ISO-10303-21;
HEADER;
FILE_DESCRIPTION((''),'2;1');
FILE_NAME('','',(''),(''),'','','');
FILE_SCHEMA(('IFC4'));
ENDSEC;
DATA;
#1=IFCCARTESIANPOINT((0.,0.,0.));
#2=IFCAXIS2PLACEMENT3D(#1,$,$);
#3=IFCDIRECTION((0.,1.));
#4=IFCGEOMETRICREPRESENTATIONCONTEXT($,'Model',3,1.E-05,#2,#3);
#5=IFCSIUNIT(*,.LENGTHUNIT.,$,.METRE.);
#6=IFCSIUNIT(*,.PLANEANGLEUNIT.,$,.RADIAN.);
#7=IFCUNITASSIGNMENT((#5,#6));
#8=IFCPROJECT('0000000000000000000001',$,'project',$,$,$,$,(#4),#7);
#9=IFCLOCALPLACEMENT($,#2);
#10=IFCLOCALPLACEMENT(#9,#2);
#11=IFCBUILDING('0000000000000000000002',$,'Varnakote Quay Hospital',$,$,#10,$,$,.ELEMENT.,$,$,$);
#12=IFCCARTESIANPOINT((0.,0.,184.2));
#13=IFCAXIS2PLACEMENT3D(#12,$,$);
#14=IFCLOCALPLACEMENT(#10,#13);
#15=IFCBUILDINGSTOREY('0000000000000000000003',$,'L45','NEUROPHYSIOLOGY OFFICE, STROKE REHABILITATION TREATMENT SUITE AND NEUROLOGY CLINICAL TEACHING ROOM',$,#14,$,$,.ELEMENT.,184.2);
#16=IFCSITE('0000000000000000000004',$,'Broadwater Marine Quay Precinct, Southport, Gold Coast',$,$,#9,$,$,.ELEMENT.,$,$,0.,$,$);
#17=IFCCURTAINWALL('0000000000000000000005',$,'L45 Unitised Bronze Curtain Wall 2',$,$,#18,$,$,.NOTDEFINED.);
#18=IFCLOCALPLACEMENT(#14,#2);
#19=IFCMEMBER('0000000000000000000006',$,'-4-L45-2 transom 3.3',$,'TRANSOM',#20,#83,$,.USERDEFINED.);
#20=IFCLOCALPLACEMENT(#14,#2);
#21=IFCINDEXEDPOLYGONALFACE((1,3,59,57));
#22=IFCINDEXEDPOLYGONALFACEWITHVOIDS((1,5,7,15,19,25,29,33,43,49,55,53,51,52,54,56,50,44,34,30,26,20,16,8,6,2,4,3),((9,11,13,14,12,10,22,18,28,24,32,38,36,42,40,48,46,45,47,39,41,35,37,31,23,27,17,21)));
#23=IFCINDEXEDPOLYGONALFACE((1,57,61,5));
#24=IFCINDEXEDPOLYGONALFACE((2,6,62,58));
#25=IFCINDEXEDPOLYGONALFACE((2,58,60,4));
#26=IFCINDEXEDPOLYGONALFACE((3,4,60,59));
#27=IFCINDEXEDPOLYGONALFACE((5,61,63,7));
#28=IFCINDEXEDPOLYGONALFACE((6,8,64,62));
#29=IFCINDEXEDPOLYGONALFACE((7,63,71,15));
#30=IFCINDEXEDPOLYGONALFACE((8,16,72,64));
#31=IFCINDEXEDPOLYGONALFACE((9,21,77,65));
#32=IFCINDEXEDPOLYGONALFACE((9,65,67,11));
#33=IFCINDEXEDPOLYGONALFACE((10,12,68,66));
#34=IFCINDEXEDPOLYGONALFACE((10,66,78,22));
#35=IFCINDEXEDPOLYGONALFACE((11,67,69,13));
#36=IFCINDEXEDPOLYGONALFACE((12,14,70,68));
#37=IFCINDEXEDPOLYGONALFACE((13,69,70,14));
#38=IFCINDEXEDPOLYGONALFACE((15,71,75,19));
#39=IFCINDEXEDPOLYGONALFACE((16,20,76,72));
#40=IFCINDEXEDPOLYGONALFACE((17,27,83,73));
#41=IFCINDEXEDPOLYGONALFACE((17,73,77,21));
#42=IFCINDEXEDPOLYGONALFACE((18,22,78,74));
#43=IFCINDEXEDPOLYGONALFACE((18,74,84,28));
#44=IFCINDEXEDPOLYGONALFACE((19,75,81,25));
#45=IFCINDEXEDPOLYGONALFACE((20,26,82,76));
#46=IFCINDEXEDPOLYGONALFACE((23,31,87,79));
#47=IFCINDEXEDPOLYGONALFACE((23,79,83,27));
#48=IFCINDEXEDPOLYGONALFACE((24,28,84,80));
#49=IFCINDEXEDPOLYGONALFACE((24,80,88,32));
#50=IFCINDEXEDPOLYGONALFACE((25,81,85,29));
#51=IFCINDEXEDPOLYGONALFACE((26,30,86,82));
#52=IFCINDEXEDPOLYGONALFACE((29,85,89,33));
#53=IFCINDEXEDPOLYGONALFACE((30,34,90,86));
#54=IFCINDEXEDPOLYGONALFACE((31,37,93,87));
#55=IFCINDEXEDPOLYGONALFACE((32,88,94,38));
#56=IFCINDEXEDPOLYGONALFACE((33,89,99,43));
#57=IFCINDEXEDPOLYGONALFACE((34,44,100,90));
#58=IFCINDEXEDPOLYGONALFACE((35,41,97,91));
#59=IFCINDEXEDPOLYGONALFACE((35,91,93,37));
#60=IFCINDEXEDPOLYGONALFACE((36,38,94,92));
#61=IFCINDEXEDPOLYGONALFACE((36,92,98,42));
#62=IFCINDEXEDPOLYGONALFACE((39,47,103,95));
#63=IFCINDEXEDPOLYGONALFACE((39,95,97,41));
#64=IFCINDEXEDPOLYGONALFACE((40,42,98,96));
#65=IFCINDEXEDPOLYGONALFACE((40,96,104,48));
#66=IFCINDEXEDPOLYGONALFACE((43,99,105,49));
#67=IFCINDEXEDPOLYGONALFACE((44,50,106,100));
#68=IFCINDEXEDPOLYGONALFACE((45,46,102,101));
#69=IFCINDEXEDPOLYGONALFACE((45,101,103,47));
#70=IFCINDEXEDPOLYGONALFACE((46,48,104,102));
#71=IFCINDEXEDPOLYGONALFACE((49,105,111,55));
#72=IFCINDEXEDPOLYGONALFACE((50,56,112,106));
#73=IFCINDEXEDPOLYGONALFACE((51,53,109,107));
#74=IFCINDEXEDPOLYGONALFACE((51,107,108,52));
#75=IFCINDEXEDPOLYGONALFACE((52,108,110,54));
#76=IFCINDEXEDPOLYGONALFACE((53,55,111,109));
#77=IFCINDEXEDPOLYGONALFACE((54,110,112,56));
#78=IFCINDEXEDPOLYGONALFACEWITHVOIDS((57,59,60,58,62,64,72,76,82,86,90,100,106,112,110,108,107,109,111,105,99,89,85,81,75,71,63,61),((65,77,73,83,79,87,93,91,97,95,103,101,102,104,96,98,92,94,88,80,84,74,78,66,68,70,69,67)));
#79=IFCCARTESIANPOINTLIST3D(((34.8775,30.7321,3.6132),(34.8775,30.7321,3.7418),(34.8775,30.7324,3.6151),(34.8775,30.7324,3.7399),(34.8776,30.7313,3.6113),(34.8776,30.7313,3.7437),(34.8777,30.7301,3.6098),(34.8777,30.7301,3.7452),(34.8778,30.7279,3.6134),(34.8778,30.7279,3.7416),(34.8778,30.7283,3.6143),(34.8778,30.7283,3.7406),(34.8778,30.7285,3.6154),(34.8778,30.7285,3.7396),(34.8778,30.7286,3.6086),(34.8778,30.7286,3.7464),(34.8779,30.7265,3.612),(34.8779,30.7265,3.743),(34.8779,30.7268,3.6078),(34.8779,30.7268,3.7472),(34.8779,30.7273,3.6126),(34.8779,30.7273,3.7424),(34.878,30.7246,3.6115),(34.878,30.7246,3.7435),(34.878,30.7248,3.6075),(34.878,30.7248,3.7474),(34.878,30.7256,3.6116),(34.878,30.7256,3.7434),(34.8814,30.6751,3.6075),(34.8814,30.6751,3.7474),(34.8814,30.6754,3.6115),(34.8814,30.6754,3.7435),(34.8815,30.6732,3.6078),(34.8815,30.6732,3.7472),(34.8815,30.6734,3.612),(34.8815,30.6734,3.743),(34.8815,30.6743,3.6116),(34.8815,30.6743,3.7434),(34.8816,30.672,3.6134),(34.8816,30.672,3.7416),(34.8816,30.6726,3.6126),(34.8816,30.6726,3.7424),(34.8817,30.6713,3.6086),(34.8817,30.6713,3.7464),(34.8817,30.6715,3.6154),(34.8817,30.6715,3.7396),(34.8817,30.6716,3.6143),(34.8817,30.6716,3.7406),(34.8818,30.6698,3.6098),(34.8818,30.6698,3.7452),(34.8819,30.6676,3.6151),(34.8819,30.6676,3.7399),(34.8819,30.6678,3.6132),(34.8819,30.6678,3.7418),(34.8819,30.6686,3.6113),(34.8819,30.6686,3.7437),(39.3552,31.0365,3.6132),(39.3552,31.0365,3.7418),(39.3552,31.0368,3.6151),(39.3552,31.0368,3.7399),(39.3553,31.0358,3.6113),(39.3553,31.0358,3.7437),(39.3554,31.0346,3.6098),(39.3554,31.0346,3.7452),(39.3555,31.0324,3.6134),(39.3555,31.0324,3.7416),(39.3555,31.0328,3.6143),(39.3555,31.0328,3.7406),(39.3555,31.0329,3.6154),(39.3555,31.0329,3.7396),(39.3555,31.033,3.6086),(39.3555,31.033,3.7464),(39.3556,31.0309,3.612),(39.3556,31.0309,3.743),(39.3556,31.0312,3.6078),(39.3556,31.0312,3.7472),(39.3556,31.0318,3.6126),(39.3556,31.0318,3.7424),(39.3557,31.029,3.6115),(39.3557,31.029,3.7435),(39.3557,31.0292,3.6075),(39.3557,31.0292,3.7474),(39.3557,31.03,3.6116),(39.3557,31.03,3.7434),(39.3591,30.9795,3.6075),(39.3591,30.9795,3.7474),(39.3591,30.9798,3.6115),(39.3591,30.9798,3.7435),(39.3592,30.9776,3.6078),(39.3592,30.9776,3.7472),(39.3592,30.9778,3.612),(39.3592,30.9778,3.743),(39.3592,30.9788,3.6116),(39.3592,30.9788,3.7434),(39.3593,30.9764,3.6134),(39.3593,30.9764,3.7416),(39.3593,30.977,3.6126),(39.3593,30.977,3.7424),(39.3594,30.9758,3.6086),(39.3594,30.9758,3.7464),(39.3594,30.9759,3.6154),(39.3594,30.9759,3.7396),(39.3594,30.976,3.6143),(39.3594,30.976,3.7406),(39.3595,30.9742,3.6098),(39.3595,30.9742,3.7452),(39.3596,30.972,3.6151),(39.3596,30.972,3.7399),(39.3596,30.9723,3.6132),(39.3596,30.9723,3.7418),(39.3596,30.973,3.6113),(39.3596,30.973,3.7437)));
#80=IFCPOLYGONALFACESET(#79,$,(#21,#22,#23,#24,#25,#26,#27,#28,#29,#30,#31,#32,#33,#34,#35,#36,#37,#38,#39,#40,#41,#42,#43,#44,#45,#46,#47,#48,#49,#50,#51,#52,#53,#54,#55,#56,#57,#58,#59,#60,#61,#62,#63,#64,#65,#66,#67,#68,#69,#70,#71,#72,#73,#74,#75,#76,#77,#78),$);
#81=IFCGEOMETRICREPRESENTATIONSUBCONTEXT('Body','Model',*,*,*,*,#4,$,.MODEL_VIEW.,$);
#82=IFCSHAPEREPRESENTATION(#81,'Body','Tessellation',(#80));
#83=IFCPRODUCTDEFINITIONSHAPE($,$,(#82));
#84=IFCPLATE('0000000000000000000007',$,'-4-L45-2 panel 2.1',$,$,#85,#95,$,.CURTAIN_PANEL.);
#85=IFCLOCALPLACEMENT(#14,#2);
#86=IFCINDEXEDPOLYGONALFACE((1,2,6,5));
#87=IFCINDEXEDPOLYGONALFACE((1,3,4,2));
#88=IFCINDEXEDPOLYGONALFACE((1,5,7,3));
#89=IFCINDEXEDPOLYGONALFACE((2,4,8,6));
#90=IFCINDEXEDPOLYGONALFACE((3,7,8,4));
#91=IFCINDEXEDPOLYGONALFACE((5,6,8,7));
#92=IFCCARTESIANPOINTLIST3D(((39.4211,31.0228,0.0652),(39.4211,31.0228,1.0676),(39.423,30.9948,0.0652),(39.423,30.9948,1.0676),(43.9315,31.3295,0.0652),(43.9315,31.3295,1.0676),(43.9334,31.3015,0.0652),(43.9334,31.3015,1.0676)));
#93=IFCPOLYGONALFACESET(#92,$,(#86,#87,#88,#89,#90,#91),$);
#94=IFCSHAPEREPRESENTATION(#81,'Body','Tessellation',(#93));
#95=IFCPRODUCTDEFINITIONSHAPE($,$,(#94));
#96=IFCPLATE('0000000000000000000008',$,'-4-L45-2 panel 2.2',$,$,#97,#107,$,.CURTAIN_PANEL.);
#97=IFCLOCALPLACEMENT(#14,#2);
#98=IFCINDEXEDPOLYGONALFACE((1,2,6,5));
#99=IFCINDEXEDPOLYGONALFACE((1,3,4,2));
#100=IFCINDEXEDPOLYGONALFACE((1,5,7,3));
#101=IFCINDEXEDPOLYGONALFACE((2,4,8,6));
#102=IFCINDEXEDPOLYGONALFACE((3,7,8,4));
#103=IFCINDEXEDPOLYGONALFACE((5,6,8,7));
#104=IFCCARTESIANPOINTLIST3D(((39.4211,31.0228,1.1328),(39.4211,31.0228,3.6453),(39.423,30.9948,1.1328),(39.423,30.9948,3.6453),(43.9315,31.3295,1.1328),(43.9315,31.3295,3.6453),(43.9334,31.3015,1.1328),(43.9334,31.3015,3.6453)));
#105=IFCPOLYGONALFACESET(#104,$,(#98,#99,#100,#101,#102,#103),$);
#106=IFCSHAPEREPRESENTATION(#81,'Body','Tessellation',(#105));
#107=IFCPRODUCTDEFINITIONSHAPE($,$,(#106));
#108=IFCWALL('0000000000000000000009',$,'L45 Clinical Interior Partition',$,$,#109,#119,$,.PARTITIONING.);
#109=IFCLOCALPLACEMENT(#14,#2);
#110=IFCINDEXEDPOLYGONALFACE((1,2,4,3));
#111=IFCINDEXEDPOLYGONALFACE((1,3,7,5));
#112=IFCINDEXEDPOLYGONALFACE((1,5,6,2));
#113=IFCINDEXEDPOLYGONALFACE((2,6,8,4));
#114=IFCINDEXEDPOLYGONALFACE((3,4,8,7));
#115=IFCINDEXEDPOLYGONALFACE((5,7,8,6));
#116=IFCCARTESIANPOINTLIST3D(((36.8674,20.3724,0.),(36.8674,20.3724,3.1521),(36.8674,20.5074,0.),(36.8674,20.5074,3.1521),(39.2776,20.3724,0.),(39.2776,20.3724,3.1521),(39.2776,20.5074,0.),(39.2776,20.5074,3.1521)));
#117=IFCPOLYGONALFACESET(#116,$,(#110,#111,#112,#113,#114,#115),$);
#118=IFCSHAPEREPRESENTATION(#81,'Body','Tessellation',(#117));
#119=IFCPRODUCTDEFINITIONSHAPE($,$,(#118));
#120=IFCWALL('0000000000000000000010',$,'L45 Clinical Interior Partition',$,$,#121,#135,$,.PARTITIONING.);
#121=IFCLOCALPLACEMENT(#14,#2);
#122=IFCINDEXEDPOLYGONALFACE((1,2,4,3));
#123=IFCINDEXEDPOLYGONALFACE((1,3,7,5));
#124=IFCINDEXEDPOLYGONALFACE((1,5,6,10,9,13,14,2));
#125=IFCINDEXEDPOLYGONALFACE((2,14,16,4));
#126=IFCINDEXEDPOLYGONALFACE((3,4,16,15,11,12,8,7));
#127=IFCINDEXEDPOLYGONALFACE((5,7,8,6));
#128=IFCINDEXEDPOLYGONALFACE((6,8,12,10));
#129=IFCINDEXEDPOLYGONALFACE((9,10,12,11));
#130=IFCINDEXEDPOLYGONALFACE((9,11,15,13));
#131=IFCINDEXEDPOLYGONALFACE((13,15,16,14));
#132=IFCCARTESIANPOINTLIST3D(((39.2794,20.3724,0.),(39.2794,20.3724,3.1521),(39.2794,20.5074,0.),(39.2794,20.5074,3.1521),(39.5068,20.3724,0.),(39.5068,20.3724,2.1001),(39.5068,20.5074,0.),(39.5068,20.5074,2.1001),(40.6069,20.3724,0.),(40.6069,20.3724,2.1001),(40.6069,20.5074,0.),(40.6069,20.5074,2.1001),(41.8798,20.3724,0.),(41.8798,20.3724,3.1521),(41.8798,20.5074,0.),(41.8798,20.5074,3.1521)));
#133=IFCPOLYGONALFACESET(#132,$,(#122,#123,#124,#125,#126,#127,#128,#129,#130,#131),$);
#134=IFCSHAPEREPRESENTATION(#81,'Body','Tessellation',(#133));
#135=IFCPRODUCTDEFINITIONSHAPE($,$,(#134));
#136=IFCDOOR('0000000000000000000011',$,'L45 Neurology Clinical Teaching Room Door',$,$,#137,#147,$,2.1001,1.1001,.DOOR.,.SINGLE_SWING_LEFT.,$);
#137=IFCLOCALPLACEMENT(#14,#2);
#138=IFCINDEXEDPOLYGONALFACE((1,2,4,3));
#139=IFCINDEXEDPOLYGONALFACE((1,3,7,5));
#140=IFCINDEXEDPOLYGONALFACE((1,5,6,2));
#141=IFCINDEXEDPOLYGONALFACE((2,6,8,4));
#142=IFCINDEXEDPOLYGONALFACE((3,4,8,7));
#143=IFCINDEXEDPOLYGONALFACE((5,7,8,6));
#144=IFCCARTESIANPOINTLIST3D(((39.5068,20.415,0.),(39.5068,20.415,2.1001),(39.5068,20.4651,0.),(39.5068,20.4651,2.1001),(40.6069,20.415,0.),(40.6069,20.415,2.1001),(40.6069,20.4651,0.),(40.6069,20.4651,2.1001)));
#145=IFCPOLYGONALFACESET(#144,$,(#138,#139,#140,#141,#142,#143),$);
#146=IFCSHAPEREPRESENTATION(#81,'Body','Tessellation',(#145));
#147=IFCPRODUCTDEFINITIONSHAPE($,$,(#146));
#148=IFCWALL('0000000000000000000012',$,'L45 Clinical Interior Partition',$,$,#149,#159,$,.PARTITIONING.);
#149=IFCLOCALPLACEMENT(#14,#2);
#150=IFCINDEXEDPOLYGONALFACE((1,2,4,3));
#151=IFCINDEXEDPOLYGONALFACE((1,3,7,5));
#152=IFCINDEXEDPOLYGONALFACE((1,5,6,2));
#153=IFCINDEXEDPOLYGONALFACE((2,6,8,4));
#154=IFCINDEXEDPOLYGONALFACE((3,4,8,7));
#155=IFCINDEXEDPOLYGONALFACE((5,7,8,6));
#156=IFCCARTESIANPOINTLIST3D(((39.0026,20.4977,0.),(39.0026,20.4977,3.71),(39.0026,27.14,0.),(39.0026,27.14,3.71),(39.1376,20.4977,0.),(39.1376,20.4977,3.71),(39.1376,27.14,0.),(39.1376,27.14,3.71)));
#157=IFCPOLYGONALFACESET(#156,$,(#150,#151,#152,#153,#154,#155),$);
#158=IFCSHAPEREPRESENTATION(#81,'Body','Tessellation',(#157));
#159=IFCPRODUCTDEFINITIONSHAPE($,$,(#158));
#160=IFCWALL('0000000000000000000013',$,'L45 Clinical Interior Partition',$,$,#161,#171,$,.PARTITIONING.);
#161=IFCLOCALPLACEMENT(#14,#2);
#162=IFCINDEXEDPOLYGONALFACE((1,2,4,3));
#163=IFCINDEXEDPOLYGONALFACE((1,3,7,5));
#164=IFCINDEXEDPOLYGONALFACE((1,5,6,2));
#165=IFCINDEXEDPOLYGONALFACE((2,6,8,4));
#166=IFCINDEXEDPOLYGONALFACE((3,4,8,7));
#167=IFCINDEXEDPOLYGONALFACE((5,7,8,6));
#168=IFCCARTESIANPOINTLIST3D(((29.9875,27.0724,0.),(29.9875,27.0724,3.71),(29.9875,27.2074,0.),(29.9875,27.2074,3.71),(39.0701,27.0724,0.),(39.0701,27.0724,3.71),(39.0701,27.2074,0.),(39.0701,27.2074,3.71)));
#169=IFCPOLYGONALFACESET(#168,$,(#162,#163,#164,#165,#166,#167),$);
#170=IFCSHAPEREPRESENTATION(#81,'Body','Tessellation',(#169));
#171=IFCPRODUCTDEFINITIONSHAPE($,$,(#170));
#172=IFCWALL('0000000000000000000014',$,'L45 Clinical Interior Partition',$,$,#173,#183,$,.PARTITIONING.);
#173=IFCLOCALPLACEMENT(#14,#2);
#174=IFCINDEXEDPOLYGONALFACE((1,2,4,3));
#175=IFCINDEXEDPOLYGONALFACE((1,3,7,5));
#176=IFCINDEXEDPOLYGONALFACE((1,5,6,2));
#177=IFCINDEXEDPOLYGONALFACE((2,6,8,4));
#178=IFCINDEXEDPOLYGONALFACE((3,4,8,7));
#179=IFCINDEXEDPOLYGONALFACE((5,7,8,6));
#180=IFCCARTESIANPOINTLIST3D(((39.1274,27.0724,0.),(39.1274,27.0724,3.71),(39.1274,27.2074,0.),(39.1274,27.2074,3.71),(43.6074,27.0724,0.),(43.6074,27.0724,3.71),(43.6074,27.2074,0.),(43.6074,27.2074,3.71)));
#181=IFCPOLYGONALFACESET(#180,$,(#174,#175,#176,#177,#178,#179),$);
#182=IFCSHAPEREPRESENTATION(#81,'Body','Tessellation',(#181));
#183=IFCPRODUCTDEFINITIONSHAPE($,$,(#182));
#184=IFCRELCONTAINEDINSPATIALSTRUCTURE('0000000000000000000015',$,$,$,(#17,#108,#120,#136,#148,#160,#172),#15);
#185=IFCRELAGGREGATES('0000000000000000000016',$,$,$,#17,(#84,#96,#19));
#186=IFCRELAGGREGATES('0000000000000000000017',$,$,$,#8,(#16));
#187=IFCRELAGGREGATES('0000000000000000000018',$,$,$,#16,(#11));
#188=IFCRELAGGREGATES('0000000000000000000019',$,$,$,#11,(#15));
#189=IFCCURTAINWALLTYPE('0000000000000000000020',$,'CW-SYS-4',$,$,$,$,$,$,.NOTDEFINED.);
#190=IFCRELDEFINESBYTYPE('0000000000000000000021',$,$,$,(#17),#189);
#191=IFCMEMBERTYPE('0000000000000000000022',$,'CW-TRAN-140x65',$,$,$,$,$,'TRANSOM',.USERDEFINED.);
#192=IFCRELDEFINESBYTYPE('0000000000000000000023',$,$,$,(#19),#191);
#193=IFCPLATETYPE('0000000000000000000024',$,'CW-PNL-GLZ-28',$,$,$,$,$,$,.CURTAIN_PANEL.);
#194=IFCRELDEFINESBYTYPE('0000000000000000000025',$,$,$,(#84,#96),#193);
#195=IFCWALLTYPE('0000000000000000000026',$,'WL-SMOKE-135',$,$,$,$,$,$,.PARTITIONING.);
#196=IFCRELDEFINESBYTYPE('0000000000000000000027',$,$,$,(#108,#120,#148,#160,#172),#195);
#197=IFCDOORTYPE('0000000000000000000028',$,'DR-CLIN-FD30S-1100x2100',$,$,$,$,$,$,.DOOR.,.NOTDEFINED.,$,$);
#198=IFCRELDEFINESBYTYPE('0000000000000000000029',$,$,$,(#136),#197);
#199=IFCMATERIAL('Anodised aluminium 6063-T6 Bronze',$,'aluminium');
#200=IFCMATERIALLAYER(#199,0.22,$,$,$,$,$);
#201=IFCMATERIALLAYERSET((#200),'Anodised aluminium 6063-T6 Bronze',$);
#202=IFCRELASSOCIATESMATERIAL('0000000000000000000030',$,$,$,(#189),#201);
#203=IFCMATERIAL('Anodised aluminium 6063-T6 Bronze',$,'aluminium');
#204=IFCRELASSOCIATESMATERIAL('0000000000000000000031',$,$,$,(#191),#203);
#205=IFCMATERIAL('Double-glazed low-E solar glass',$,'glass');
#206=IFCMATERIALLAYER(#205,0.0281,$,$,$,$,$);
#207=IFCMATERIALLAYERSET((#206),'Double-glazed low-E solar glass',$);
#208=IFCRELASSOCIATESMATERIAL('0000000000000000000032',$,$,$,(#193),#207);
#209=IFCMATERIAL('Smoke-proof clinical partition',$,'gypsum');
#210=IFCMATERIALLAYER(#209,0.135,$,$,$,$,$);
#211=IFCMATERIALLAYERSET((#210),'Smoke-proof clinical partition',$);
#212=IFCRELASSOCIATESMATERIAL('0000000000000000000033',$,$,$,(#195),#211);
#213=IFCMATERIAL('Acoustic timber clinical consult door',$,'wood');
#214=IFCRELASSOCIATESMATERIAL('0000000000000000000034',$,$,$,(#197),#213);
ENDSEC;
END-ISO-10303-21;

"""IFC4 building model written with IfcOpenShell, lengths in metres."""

from ifc_helpers import new_model, si_unit, direction, frame, frame_2d, origin, origin_2d, place, context, subcontext, project, spatial, rectangle, hollow_rectangle, extrude, material, layer, layer_set, material_profile, profile_set, type_object, element, fill, aggregate, save


model = new_model("IFC4")

# Units and contexts
model_context = context("Model", 3, precision=1e-05, world=origin(), true_north=direction((0.0, 1.0)))
body_context = subcontext(model_context, "Body", "Model", "MODEL_VIEW")
ifc_project = project(units=[si_unit("LENGTHUNIT", "METRE"), si_unit("PLANEANGLEUNIT", "RADIAN")], contexts=[model_context])

# Site, building, storey
site_placement = place(None, origin())
site = spatial("IfcSite", under=ifc_project, at=site_placement, Name="Broadwater Marine Quay Precinct, Southport, Gold Coast", CompositionType="ELEMENT", RefElevation=0.0)
building_placement = place(site_placement, origin())
building = spatial("IfcBuilding", under=site, at=building_placement, Name="Varnakote Quay Hospital", CompositionType="ELEMENT")
storey_placement = place(building_placement, frame((0.0, 0.0, 184.2)))
storey = spatial("IfcBuildingStorey", under=building, at=storey_placement, Name="L45", Description="NEUROPHYSIOLOGY OFFICE, STROKE REHABILITATION TREATMENT SUITE AND NEUROLOGY CLINICAL TEACHING ROOM", CompositionType="ELEMENT", Elevation=184.2)

# Curtain wall, member, plates
ifc_material_1 = material(Name="Anodised aluminium 6063-T6 Bronze", Category="aluminium")
ifc_layer_1 = layer(ifc_material_1, 0.22)
ifc_layer_set_1 = layer_set([ifc_layer_1], Name="Anodised aluminium 6063-T6 Bronze")
curtain_wall_type = type_object("IfcCurtainWallType", Name="CW-SYS-4", PredefinedType="NOTDEFINED", material=ifc_layer_set_1)
curtain_wall_placement = place(storey_placement, origin())
curtain_wall = element("IfcCurtainWall", 1, at=curtain_wall_placement, inside=storey, type_object=curtain_wall_type, Name="L45 Unitised Bronze Curtain Wall 2", PredefinedType="NOTDEFINED")
ifc_material_2 = material(Name="Anodised aluminium 6063-T6 Bronze", Category="aluminium")
ifc_material_profile_1 = material_profile(ifc_material_2, hollow_rectangle(XDim=0.0649, YDim=0.1399, WallThickness=0.0039, InnerFilletRadius=0.0039, OuterFilletRadius=0.0076, at=origin_2d()), Name="CW-TRAN-140x65")
ifc_profile_set_1 = profile_set([ifc_material_profile_1], Name="Anodised aluminium 6063-T6 Bronze")
member_type_1 = type_object("IfcMemberType", Name="CW-TRAN-140x65", ElementType="TRANSOM", PredefinedType="USERDEFINED", material=ifc_profile_set_1)
member_1_placement = place(storey_placement, frame((39.3574, 31.0044, 3.6775), z_axis=(-0.997697, -0.067833, 0.0), x_axis=(0.067833, -0.997697, 0.0)))
member_1 = element("IfcMember", 2, at=member_1_placement, type_object=member_type_1, Name="-4-L45-2 transom 3.3", ObjectType="TRANSOM", PredefinedType="USERDEFINED", context=body_context, shape_type="SweptSolid", body=[
    extrude(hollow_rectangle(XDim=0.0649, YDim=0.1399, WallThickness=0.0039, InnerFilletRadius=0.0039, OuterFilletRadius=0.0076, at=origin_2d()), origin(), (0.0, 0.0, 1.0), 4.488),
])
ifc_material_3 = material(Name="Double-glazed low-E solar glass", Category="glass")
ifc_layer_2 = layer(ifc_material_3, 0.0281)
ifc_layer_set_2 = layer_set([ifc_layer_2], Name="Double-glazed low-E solar glass")
plate_type = type_object("IfcPlateType", Name="CW-PNL-GLZ-28", PredefinedType="CURTAIN_PANEL", material=ifc_layer_set_2)
plate_1_placement = place(storey_placement, frame((41.6772, 31.1621, 0.0652), z_axis=(0.0, 0.0, 1.0), x_axis=(-0.997696, -0.067842, 0.0)))
plate_1 = element("IfcPlate", 3, at=plate_1_placement, type_object=plate_type, Name="-4-L45-2 panel 2.1", PredefinedType="CURTAIN_PANEL", context=body_context, shape_type="SweptSolid", body=[
    extrude(rectangle(XDim=4.5208, YDim=0.0281, at=origin_2d()), origin(), (0.0, 0.0, 1.0), 1.0024),
])
plate_2_placement = place(storey_placement, frame((41.6772, 31.1621, 1.1328), z_axis=(0.0, 0.0, 1.0), x_axis=(-0.997696, -0.067842, 0.0)))
plate_2 = element("IfcPlate", 4, at=plate_2_placement, type_object=plate_type, Name="-4-L45-2 panel 2.2", PredefinedType="CURTAIN_PANEL", context=body_context, shape_type="SweptSolid", body=[
    extrude(rectangle(XDim=4.5208, YDim=0.0281, at=origin_2d()), origin(), (0.0, 0.0, 1.0), 2.5125),
])
aggregate(curtain_wall, [plate_1, plate_2, member_1])

# Wall
ifc_material_4 = material(Name="Smoke-proof clinical partition", Category="gypsum")
ifc_layer_3 = layer(ifc_material_4, 0.135)
ifc_layer_set_3 = layer_set([ifc_layer_3], Name="Smoke-proof clinical partition")
wall_type = type_object("IfcWallType", Name="WL-SMOKE-135", PredefinedType="PARTITIONING", material=ifc_layer_set_3)
wall_1_placement = place(storey_placement, frame((39.2776, 20.4399, 0.0), z_axis=(0.0, 0.0, 1.0), x_axis=(-1.0, 0.0, 0.0)))
element("IfcWall", 5, at=wall_1_placement, inside=storey, type_object=wall_type, Name="L45 Clinical Interior Partition", PredefinedType="PARTITIONING", context=body_context, shape_type="SweptSolid", body=[
    extrude(rectangle(XDim=2.4102, YDim=0.135, at=frame_2d((1.2051, 0.0))), origin(), (0.0, 0.0, 1.0), 3.1521),
])

# Wall, opening, door
wall_2_placement = place(storey_placement, frame((41.8799, 20.4399, 0.0), z_axis=(0.0, 0.0, 1.0), x_axis=(-1.0, 0.0, 0.0)))
wall_2 = element("IfcWall", 6, at=wall_2_placement, inside=storey, type_object=wall_type, Name="L45 Clinical Interior Partition", PredefinedType="PARTITIONING", context=body_context, shape_type="SweptSolid", body=[
    extrude(rectangle(XDim=2.6003, YDim=0.135, at=frame_2d((1.3003, 0.0))), origin(), (0.0, 0.0, 1.0), 3.1521),
])
opening_placement = place(wall_2_placement, frame((1.2729, 0.0, 0.0)))
opening = element("IfcOpeningElement", 7, at=opening_placement, cuts=wall_2, PredefinedType="OPENING", context=body_context, shape_type="SweptSolid", body=[
    extrude(rectangle(XDim=1.1001, YDim=2.1001, at=frame_2d((0.55, 1.05))), frame((0.0, 0.0774, 0.0), z_axis=(0.0, -1.0, 0.0), x_axis=(1.0, 0.0, 0.0)), (0.0, 0.0, 1.0), 0.155),
])
ifc_material_5 = material(Name="Acoustic timber clinical consult door", Category="wood")
door_type = type_object("IfcDoorType", Name="DR-CLIN-FD30S-1100x2100", OperationType="NOTDEFINED", PredefinedType="DOOR", material=ifc_material_5)
door_placement = place(opening_placement, origin())
door = element("IfcDoor", 8, at=door_placement, inside=storey, type_object=door_type, Name="L45 Neurology Clinical Teaching Room Door", OperationType="SINGLE_SWING_LEFT", OverallHeight=2.1001, OverallWidth=1.1001, PredefinedType="DOOR", context=body_context, shape_type="SweptSolid", body=[
    extrude(rectangle(XDim=1.1001, YDim=2.1001, at=frame_2d((0.55, 1.05))), frame((0.0, 0.0249, 0.0), z_axis=(0.0, -1.0, 0.0), x_axis=(1.0, 0.0, 0.0)), (0.0, 0.0, 1.0), 0.05),
])
fill(opening, door)

# Walls
wall_3_placement = place(storey_placement, frame((39.0701, 20.4976, 0.0), z_axis=(0.0, 0.0, 1.0), x_axis=(0.0, 1.0, 0.0)))
element("IfcWall", 9, at=wall_3_placement, inside=storey, type_object=wall_type, Name="L45 Clinical Interior Partition", PredefinedType="PARTITIONING", context=body_context, shape_type="SweptSolid", body=[
    extrude(rectangle(XDim=6.6423, YDim=0.135, at=frame_2d((3.3213, 0.0))), origin(), (0.0, 0.0, 1.0), 3.71),
])
wall_4_placement = place(storey_placement, frame((39.0701, 27.1399, 0.0), z_axis=(0.0, 0.0, 1.0), x_axis=(-1.0, 0.0, 0.0)))
element("IfcWall", 10, at=wall_4_placement, inside=storey, type_object=wall_type, Name="L45 Clinical Interior Partition", PredefinedType="PARTITIONING", context=body_context, shape_type="SweptSolid", body=[
    extrude(rectangle(XDim=9.0825, YDim=0.135, at=frame_2d((4.5413, 0.0))), origin(), (0.0, 0.0, 1.0), 3.71),
])
wall_5_placement = place(storey_placement, frame((43.6074, 27.1399, 0.0), z_axis=(0.0, 0.0, 1.0), x_axis=(-1.0, 0.0, 0.0)))
element("IfcWall", 11, at=wall_5_placement, inside=storey, type_object=wall_type, Name="L45 Clinical Interior Partition", PredefinedType="PARTITIONING", context=body_context, shape_type="SweptSolid", body=[
    extrude(rectangle(XDim=4.48, YDim=0.135, at=frame_2d((2.24, 0.0))), origin(), (0.0, 0.0, 1.0), 3.71),
])

save(model, "model.ifc")
